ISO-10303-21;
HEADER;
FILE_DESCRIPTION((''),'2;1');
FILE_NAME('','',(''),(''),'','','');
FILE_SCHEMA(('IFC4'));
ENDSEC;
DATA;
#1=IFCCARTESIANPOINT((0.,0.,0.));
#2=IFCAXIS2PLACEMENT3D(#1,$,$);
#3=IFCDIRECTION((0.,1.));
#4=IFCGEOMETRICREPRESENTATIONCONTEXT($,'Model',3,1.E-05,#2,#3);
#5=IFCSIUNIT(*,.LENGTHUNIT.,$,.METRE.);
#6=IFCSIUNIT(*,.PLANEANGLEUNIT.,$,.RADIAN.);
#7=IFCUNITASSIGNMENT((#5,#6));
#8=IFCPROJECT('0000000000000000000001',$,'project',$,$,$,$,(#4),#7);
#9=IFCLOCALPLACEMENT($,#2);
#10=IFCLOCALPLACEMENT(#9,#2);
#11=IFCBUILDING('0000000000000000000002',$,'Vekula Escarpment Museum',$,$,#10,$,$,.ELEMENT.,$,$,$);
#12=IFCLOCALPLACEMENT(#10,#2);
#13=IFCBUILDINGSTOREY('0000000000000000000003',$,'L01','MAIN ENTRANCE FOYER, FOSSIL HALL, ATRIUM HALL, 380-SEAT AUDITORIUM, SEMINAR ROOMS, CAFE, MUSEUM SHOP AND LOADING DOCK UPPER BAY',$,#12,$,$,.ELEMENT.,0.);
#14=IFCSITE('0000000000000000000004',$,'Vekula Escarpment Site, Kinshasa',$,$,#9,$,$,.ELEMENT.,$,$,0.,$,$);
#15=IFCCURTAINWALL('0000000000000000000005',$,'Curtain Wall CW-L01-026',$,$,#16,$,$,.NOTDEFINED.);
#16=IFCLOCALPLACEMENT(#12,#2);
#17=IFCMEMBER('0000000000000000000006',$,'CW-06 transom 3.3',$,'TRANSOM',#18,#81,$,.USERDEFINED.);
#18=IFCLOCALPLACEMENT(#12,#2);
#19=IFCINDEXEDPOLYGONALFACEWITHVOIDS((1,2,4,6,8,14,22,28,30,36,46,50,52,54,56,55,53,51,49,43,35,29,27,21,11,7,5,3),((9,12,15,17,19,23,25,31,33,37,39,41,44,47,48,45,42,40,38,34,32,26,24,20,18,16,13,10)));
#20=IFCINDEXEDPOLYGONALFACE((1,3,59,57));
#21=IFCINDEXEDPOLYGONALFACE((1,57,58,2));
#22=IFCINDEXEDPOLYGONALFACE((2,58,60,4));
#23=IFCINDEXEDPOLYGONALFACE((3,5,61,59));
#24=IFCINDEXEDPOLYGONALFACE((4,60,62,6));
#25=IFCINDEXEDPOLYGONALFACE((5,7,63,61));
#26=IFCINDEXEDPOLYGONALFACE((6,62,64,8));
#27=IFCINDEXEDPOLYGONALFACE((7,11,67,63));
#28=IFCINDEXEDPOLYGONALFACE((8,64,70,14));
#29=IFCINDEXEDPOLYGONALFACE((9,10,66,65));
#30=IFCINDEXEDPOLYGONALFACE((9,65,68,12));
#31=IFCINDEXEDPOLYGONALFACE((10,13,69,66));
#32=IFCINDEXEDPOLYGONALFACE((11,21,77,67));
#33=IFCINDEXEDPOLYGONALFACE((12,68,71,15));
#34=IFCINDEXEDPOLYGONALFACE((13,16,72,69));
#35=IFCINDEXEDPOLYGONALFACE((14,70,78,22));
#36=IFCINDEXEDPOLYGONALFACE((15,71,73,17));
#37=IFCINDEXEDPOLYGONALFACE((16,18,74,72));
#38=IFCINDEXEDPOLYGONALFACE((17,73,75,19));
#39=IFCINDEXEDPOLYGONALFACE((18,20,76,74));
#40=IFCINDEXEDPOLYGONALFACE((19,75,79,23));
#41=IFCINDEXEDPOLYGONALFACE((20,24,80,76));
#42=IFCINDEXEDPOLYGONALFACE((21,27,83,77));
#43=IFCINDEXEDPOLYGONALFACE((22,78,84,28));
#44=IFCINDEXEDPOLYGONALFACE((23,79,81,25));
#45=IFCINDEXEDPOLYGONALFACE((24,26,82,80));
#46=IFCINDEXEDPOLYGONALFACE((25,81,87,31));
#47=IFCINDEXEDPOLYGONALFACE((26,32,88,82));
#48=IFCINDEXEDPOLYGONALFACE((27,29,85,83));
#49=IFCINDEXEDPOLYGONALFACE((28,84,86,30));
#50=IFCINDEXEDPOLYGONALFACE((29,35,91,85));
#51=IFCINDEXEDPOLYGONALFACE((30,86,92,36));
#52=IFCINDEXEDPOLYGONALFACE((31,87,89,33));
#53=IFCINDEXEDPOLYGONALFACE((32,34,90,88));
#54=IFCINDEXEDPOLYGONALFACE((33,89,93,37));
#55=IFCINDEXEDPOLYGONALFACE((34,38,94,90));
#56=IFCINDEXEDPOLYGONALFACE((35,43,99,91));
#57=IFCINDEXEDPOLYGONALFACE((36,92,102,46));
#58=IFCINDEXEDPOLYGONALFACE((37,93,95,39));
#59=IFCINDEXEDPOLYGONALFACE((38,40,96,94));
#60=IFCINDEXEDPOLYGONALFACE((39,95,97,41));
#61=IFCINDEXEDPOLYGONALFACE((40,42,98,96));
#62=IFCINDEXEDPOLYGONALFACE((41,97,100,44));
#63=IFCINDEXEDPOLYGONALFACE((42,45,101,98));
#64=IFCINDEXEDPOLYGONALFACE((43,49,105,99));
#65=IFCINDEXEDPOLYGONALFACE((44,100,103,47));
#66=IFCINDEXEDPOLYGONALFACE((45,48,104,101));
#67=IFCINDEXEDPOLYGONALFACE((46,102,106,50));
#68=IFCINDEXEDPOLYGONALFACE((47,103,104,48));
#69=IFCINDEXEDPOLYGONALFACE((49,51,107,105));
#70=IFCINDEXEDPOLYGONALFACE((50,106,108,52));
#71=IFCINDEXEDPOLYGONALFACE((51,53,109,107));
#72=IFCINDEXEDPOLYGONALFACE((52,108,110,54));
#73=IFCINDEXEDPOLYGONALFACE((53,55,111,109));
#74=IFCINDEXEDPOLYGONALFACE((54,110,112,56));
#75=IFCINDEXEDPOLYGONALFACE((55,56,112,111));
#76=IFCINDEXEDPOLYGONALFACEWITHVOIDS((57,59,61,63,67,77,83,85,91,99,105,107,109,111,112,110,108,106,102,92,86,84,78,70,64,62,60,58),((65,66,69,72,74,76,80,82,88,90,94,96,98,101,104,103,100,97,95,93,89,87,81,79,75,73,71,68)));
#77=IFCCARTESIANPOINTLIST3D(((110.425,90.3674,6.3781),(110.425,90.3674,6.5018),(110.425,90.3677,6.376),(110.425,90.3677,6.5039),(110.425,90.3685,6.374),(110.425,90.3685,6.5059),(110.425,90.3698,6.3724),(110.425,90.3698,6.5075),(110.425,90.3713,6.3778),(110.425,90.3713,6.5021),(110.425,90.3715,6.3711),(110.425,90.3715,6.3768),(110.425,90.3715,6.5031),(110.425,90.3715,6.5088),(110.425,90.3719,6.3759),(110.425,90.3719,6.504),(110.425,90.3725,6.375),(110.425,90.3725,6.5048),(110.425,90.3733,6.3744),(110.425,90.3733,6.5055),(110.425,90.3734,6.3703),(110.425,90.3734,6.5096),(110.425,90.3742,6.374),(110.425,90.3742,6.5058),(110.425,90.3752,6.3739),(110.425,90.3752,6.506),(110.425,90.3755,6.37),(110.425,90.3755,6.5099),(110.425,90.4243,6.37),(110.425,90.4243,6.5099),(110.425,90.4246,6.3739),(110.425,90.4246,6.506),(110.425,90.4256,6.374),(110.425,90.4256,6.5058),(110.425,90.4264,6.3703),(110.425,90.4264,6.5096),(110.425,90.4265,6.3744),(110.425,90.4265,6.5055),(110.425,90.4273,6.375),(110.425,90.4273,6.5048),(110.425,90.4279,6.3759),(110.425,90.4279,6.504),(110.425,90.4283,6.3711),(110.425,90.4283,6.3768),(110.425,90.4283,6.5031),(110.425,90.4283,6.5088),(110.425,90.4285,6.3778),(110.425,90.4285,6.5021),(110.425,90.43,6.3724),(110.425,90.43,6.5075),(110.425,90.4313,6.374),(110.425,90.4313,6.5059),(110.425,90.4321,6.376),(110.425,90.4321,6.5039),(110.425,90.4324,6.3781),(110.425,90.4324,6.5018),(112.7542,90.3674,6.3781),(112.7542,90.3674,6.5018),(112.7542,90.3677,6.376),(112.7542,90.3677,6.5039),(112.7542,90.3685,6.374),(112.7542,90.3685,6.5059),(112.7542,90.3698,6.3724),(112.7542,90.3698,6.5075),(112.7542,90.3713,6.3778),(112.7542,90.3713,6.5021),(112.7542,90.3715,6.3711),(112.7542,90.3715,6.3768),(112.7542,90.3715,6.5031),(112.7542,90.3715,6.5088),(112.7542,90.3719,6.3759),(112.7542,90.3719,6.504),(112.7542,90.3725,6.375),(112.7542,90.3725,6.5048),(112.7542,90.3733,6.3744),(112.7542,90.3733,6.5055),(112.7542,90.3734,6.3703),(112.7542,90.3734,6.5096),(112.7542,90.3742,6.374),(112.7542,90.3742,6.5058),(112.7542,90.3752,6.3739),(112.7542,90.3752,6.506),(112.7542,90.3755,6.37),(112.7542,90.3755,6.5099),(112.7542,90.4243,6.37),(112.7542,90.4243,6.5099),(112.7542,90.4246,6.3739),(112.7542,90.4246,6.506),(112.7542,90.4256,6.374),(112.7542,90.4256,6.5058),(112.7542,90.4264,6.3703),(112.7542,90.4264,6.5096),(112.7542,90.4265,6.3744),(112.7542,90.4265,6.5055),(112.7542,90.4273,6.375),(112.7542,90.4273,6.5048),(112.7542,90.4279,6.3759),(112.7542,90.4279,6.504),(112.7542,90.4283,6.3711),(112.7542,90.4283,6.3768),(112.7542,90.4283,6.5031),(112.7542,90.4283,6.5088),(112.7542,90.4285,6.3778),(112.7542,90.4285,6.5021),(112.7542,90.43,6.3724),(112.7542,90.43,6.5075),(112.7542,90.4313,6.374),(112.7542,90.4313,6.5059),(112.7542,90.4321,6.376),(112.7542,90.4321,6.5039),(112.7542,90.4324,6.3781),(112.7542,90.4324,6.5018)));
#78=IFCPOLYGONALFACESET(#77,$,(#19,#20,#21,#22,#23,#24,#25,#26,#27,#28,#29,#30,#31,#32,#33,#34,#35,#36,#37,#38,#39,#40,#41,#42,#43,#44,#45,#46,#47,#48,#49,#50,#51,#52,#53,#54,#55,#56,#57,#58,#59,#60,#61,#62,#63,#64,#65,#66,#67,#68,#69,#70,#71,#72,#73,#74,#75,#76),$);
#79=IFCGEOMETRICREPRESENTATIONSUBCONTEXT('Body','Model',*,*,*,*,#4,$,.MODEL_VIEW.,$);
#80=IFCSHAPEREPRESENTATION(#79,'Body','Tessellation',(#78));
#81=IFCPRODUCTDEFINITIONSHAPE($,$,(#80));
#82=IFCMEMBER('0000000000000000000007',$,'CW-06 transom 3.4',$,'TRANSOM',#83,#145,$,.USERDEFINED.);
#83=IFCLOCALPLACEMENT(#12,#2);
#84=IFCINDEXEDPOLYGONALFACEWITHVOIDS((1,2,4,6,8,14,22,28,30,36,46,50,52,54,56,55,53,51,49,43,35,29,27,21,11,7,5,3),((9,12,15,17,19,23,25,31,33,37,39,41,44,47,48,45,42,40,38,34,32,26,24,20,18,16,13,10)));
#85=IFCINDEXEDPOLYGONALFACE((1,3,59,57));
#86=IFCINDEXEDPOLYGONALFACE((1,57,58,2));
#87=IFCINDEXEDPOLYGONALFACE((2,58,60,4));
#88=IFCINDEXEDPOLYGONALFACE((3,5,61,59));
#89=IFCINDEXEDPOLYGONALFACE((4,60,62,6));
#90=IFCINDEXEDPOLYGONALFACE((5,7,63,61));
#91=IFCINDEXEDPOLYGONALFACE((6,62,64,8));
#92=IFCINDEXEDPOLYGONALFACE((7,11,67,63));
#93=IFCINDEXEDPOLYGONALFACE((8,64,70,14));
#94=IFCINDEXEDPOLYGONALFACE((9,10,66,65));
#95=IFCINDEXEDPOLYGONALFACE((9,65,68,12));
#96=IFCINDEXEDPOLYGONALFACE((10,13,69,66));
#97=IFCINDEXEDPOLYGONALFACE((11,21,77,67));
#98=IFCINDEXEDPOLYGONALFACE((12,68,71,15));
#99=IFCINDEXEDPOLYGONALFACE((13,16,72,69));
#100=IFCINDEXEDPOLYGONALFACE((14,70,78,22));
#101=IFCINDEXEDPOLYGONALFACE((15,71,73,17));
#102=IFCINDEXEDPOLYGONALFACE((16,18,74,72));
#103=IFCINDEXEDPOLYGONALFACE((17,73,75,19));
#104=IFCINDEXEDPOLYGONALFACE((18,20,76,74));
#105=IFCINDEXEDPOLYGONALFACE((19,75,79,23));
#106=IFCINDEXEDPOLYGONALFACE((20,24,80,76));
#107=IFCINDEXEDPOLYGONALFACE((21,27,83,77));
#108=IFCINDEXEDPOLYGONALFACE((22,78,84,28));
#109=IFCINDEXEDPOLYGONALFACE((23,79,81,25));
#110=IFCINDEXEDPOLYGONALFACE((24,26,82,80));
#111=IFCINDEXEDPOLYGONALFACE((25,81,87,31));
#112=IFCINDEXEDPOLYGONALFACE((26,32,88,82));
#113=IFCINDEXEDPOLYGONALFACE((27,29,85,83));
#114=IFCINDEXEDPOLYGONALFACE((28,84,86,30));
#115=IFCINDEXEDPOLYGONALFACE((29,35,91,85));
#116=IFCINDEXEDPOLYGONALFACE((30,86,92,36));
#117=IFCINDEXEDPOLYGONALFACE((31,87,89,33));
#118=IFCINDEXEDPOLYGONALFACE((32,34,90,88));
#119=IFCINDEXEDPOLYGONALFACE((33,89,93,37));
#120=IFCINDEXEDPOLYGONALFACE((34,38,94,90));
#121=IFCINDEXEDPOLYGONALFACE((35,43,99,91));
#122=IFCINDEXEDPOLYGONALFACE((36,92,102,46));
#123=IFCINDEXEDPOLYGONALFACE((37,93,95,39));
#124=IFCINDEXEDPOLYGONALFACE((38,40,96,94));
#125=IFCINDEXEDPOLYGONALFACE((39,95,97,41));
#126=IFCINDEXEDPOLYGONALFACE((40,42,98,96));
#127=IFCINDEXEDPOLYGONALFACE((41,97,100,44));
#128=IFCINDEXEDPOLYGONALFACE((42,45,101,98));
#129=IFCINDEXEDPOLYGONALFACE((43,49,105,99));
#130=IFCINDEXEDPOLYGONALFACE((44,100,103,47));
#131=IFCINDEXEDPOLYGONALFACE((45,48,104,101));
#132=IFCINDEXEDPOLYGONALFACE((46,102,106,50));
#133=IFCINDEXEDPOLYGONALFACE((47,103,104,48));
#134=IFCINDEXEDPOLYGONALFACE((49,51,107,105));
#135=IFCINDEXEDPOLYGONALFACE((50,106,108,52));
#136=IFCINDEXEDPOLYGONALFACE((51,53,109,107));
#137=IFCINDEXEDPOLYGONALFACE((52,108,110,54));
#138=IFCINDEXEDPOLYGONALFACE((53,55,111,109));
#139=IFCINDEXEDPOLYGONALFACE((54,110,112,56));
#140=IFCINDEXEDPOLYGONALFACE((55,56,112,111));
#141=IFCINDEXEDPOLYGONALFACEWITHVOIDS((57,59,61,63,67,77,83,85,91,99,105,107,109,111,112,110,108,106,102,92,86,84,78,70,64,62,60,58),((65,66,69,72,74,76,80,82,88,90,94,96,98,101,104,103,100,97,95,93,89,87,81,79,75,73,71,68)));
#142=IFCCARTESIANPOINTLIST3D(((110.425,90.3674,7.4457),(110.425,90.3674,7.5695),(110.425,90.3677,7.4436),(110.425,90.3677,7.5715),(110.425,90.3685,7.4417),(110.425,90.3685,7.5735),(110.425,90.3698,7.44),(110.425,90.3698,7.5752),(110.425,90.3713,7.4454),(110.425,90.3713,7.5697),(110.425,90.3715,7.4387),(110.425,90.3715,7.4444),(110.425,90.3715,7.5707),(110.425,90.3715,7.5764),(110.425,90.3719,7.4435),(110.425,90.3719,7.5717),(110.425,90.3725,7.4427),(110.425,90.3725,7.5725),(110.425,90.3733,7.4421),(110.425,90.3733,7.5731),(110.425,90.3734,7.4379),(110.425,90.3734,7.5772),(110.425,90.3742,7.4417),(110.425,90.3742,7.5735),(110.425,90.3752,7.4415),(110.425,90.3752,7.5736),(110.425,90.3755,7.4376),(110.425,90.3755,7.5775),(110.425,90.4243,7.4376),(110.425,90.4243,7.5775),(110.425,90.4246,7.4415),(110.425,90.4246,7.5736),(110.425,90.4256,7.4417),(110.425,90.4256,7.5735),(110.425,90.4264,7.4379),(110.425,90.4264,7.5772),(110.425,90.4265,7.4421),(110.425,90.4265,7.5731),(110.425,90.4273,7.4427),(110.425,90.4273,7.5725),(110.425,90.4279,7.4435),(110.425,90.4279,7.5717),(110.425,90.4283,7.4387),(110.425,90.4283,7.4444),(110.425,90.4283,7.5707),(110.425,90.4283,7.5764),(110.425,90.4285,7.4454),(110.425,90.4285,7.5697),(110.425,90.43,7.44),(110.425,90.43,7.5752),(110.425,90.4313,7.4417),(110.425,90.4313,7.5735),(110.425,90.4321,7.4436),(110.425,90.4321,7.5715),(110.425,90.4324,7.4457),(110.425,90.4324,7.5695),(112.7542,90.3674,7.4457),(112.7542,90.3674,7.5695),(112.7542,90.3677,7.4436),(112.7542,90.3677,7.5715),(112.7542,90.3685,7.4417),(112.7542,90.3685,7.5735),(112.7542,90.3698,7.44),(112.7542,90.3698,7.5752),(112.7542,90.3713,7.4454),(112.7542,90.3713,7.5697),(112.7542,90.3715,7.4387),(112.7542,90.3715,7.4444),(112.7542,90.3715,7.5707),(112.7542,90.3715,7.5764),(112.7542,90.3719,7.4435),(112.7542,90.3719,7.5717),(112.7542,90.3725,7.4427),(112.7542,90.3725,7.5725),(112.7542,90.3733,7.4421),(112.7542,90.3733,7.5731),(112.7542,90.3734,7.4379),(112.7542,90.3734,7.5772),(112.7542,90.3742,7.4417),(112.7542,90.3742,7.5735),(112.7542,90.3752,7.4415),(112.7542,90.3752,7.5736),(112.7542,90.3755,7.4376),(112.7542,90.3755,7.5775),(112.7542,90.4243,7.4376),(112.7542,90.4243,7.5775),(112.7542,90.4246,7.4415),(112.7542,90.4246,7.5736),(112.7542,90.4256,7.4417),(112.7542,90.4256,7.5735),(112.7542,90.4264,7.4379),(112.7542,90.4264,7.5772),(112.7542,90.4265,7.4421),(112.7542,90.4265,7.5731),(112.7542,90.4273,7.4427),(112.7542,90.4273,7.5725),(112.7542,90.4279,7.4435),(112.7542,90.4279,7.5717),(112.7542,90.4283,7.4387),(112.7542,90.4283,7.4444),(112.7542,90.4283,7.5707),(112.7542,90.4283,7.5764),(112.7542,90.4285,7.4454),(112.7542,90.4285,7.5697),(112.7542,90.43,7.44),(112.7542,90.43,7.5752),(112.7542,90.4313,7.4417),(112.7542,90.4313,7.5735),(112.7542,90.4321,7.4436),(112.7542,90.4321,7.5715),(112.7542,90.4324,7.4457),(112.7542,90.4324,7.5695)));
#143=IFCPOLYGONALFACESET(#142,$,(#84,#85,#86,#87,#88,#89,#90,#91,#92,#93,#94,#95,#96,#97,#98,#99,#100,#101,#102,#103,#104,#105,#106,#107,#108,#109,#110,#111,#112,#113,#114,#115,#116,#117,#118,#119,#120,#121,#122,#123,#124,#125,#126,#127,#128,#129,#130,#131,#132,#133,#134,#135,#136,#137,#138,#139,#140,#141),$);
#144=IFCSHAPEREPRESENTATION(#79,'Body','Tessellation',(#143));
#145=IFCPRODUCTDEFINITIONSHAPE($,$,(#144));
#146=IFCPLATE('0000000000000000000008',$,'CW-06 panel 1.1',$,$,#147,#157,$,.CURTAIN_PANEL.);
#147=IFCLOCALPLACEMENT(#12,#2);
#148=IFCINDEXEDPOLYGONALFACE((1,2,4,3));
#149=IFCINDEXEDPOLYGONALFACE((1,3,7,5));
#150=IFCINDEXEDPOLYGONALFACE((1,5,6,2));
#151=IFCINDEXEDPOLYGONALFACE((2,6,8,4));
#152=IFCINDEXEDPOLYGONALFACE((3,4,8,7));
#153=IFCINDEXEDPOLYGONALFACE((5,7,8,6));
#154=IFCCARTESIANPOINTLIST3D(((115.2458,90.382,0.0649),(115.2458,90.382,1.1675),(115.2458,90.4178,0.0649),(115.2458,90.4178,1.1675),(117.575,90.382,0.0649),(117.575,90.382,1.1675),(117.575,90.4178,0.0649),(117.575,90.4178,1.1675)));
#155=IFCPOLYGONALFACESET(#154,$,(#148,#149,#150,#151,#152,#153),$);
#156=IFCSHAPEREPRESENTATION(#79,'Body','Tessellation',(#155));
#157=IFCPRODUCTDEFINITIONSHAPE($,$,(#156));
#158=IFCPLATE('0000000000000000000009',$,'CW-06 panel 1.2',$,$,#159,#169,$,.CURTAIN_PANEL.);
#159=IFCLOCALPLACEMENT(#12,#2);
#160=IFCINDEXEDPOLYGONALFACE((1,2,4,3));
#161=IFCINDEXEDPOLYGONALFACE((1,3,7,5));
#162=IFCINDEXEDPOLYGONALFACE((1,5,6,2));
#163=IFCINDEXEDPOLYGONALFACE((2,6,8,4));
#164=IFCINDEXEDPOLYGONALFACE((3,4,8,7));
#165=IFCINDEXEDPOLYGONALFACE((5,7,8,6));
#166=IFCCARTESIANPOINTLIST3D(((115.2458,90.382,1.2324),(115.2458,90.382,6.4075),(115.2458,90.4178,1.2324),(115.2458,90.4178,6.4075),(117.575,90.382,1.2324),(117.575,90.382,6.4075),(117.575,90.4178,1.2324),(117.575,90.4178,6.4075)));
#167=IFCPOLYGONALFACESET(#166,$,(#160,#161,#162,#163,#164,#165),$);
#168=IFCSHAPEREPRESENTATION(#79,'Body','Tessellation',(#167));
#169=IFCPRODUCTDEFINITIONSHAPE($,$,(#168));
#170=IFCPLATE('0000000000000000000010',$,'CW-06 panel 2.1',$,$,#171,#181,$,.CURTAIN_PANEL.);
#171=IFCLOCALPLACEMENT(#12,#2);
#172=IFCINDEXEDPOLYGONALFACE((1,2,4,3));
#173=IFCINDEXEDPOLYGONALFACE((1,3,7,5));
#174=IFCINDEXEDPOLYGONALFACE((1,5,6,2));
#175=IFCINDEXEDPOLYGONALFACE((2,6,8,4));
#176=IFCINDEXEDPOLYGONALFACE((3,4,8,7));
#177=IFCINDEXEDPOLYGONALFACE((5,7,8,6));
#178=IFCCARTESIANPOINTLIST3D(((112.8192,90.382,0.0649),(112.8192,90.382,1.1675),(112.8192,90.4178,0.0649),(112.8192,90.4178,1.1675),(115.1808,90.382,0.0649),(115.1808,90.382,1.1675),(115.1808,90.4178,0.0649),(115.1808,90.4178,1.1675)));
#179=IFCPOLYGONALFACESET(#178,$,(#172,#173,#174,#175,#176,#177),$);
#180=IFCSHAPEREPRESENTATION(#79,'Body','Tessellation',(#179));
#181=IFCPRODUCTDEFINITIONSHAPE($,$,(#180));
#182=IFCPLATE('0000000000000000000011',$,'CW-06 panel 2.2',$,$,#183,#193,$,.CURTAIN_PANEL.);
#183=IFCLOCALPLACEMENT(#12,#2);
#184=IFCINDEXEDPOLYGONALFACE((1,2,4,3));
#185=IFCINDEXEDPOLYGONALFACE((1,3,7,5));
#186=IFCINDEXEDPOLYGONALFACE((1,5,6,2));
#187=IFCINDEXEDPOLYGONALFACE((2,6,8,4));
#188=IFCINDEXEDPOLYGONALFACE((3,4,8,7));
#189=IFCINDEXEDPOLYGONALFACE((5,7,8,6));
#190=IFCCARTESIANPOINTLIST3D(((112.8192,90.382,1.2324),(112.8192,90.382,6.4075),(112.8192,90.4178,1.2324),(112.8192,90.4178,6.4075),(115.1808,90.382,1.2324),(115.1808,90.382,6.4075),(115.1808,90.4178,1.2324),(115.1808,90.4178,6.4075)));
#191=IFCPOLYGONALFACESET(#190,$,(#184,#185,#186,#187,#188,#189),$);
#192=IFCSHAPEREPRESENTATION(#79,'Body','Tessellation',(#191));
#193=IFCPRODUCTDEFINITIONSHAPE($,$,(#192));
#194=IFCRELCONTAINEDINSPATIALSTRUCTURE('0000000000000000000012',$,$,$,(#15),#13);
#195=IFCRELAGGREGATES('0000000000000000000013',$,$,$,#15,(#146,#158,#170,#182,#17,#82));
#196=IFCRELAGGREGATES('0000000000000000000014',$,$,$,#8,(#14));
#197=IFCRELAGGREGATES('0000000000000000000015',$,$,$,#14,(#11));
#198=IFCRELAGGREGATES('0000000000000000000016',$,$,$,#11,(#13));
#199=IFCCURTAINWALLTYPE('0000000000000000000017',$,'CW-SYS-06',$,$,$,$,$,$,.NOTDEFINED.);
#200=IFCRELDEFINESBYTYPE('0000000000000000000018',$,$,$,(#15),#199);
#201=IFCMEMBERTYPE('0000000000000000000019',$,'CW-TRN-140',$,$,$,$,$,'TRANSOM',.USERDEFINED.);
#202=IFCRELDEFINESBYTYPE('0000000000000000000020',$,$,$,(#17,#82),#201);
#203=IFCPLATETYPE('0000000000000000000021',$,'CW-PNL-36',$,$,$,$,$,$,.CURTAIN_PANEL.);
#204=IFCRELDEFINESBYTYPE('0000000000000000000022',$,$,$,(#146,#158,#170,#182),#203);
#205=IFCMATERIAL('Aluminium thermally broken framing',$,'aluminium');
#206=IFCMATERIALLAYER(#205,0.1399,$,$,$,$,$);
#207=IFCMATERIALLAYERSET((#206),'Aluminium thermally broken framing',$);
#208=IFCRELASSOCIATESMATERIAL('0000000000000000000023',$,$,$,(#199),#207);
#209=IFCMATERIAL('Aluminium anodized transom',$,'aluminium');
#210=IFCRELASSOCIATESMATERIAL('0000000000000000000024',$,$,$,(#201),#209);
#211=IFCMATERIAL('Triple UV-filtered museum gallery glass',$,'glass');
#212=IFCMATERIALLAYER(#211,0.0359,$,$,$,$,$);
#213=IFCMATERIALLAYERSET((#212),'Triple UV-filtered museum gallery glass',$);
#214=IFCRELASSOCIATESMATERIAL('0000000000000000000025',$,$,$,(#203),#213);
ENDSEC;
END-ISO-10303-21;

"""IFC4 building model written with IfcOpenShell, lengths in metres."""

from ifc_helpers import new_model, si_unit, direction, frame, origin, origin_2d, place, context, subcontext, project, spatial, rectangle, hollow_rectangle, extrude, material, layer, layer_set, material_profile, profile_set, type_object, element, aggregate, save


model = new_model("IFC4")

# Units and contexts
model_context = context("Model", 3, precision=1e-05, world=origin(), true_north=direction((0.0, 1.0)))
body_context = subcontext(model_context, "Body", "Model", "MODEL_VIEW")
ifc_project = project(units=[si_unit("LENGTHUNIT", "METRE"), si_unit("PLANEANGLEUNIT", "RADIAN")], contexts=[model_context])

# Site, building, storey
site_placement = place(None, origin())
site = spatial("IfcSite", under=ifc_project, at=site_placement, Name="Vekula Escarpment Site, Kinshasa", CompositionType="ELEMENT", RefElevation=0.0)
building_placement = place(site_placement, origin())
building = spatial("IfcBuilding", under=site, at=building_placement, Name="Vekula Escarpment Museum", CompositionType="ELEMENT")
storey_placement = place(building_placement, origin())
storey = spatial("IfcBuildingStorey", under=building, at=storey_placement, Name="L01", Description="MAIN ENTRANCE FOYER, FOSSIL HALL, ATRIUM HALL, 380-SEAT AUDITORIUM, SEMINAR ROOMS, CAFE, MUSEUM SHOP AND LOADING DOCK UPPER BAY", CompositionType="ELEMENT", Elevation=0.0)

# Curtain wall, members, plates
ifc_material_1 = material(Name="Aluminium thermally broken framing", Category="aluminium")
ifc_layer_1 = layer(ifc_material_1, 0.1399)
ifc_layer_set_1 = layer_set([ifc_layer_1], Name="Aluminium thermally broken framing")
curtain_wall_type = type_object("IfcCurtainWallType", Name="CW-SYS-06", PredefinedType="NOTDEFINED", material=ifc_layer_set_1)
curtain_wall_placement = place(storey_placement, origin())
curtain_wall = element("IfcCurtainWall", 1, at=curtain_wall_placement, inside=storey, type_object=curtain_wall_type, Name="Curtain Wall CW-L01-026", PredefinedType="NOTDEFINED")
ifc_material_2 = material(Name="Aluminium anodized transom", Category="aluminium")
ifc_material_profile_1 = material_profile(ifc_material_2, hollow_rectangle(XDim=0.0649, YDim=0.1399, WallThickness=0.0039, InnerFilletRadius=0.0039, OuterFilletRadius=0.0081, at=origin_2d()), Name="ALU 140x65x4")
ifc_profile_set_1 = profile_set([ifc_material_profile_1], Name="Aluminium anodized transom")
member_type_1 = type_object("IfcMemberType", Name="CW-TRN-140", ElementType="TRANSOM", PredefinedType="USERDEFINED", material=ifc_profile_set_1)
member_1_placement = place(storey_placement, frame((112.7542, 90.3999, 6.4399), z_axis=(-1.0, 0.0, 0.0), x_axis=(0.0, -1.0, 0.0)))
member_1 = element("IfcMember", 2, at=member_1_placement, type_object=member_type_1, Name="CW-06 transom 3.3", ObjectType="TRANSOM", PredefinedType="USERDEFINED", context=body_context, shape_type="SweptSolid", body=[
    extrude(hollow_rectangle(XDim=0.0649, YDim=0.1399, WallThickness=0.0039, InnerFilletRadius=0.0039, OuterFilletRadius=0.0081, at=origin_2d()), origin(), (0.0, 0.0, 1.0), 2.3291),
])
member_2_placement = place(storey_placement, frame((112.7542, 90.3999, 7.5076), z_axis=(-1.0, 0.0, 0.0), x_axis=(0.0, -1.0, 0.0)))
member_2 = element("IfcMember", 3, at=member_2_placement, type_object=member_type_1, Name="CW-06 transom 3.4", ObjectType="TRANSOM", PredefinedType="USERDEFINED", context=body_context, shape_type="SweptSolid", body=[
    extrude(hollow_rectangle(XDim=0.0649, YDim=0.1399, WallThickness=0.0039, InnerFilletRadius=0.0039, OuterFilletRadius=0.0081, at=origin_2d()), origin(), (0.0, 0.0, 1.0), 2.3291),
])
ifc_material_3 = material(Name="Triple UV-filtered museum gallery glass", Category="glass")
ifc_layer_2 = layer(ifc_material_3, 0.0359)
ifc_layer_set_2 = layer_set([ifc_layer_2], Name="Triple UV-filtered museum gallery glass")
plate_type = type_object("IfcPlateType", Name="CW-PNL-36", PredefinedType="CURTAIN_PANEL", material=ifc_layer_set_2)
plate_1_placement = place(storey_placement, frame((116.4104, 90.3999, 0.0649), z_axis=(0.0, 0.0, 1.0), x_axis=(-1.0, 0.0, 0.0)))
plate_1 = element("IfcPlate", 4, at=plate_1_placement, type_object=plate_type, Name="CW-06 panel 1.1", PredefinedType="CURTAIN_PANEL", context=body_context, shape_type="SweptSolid", body=[
    extrude(rectangle(XDim=2.3291, YDim=0.0359, at=origin_2d()), origin(), (0.0, 0.0, 1.0), 1.1025),
])
plate_2_placement = place(storey_placement, frame((116.4104, 90.3999, 1.2324), z_axis=(0.0, 0.0, 1.0), x_axis=(-1.0, 0.0, 0.0)))
plate_2 = element("IfcPlate", 5, at=plate_2_placement, type_object=plate_type, Name="CW-06 panel 1.2", PredefinedType="CURTAIN_PANEL", context=body_context, shape_type="SweptSolid", body=[
    extrude(rectangle(XDim=2.3291, YDim=0.0359, at=origin_2d()), origin(), (0.0, 0.0, 1.0), 5.175),
])
plate_3_placement = place(storey_placement, frame((114.0, 90.3999, 0.0649), z_axis=(0.0, 0.0, 1.0), x_axis=(-1.0, 0.0, 0.0)))
plate_3 = element("IfcPlate", 6, at=plate_3_placement, type_object=plate_type, Name="CW-06 panel 2.1", PredefinedType="CURTAIN_PANEL", context=body_context, shape_type="SweptSolid", body=[
    extrude(rectangle(XDim=2.3616, YDim=0.0359, at=origin_2d()), origin(), (0.0, 0.0, 1.0), 1.1025),
])
plate_4_placement = place(storey_placement, frame((114.0, 90.3999, 1.2324), z_axis=(0.0, 0.0, 1.0), x_axis=(-1.0, 0.0, 0.0)))
plate_4 = element("IfcPlate", 7, at=plate_4_placement, type_object=plate_type, Name="CW-06 panel 2.2", PredefinedType="CURTAIN_PANEL", context=body_context, shape_type="SweptSolid", body=[
    extrude(rectangle(XDim=2.3616, YDim=0.0359, at=origin_2d()), origin(), (0.0, 0.0, 1.0), 5.175),
])
aggregate(curtain_wall, [plate_1, plate_2, plate_3, plate_4, member_1, member_2])

save(model, "model.ifc")
